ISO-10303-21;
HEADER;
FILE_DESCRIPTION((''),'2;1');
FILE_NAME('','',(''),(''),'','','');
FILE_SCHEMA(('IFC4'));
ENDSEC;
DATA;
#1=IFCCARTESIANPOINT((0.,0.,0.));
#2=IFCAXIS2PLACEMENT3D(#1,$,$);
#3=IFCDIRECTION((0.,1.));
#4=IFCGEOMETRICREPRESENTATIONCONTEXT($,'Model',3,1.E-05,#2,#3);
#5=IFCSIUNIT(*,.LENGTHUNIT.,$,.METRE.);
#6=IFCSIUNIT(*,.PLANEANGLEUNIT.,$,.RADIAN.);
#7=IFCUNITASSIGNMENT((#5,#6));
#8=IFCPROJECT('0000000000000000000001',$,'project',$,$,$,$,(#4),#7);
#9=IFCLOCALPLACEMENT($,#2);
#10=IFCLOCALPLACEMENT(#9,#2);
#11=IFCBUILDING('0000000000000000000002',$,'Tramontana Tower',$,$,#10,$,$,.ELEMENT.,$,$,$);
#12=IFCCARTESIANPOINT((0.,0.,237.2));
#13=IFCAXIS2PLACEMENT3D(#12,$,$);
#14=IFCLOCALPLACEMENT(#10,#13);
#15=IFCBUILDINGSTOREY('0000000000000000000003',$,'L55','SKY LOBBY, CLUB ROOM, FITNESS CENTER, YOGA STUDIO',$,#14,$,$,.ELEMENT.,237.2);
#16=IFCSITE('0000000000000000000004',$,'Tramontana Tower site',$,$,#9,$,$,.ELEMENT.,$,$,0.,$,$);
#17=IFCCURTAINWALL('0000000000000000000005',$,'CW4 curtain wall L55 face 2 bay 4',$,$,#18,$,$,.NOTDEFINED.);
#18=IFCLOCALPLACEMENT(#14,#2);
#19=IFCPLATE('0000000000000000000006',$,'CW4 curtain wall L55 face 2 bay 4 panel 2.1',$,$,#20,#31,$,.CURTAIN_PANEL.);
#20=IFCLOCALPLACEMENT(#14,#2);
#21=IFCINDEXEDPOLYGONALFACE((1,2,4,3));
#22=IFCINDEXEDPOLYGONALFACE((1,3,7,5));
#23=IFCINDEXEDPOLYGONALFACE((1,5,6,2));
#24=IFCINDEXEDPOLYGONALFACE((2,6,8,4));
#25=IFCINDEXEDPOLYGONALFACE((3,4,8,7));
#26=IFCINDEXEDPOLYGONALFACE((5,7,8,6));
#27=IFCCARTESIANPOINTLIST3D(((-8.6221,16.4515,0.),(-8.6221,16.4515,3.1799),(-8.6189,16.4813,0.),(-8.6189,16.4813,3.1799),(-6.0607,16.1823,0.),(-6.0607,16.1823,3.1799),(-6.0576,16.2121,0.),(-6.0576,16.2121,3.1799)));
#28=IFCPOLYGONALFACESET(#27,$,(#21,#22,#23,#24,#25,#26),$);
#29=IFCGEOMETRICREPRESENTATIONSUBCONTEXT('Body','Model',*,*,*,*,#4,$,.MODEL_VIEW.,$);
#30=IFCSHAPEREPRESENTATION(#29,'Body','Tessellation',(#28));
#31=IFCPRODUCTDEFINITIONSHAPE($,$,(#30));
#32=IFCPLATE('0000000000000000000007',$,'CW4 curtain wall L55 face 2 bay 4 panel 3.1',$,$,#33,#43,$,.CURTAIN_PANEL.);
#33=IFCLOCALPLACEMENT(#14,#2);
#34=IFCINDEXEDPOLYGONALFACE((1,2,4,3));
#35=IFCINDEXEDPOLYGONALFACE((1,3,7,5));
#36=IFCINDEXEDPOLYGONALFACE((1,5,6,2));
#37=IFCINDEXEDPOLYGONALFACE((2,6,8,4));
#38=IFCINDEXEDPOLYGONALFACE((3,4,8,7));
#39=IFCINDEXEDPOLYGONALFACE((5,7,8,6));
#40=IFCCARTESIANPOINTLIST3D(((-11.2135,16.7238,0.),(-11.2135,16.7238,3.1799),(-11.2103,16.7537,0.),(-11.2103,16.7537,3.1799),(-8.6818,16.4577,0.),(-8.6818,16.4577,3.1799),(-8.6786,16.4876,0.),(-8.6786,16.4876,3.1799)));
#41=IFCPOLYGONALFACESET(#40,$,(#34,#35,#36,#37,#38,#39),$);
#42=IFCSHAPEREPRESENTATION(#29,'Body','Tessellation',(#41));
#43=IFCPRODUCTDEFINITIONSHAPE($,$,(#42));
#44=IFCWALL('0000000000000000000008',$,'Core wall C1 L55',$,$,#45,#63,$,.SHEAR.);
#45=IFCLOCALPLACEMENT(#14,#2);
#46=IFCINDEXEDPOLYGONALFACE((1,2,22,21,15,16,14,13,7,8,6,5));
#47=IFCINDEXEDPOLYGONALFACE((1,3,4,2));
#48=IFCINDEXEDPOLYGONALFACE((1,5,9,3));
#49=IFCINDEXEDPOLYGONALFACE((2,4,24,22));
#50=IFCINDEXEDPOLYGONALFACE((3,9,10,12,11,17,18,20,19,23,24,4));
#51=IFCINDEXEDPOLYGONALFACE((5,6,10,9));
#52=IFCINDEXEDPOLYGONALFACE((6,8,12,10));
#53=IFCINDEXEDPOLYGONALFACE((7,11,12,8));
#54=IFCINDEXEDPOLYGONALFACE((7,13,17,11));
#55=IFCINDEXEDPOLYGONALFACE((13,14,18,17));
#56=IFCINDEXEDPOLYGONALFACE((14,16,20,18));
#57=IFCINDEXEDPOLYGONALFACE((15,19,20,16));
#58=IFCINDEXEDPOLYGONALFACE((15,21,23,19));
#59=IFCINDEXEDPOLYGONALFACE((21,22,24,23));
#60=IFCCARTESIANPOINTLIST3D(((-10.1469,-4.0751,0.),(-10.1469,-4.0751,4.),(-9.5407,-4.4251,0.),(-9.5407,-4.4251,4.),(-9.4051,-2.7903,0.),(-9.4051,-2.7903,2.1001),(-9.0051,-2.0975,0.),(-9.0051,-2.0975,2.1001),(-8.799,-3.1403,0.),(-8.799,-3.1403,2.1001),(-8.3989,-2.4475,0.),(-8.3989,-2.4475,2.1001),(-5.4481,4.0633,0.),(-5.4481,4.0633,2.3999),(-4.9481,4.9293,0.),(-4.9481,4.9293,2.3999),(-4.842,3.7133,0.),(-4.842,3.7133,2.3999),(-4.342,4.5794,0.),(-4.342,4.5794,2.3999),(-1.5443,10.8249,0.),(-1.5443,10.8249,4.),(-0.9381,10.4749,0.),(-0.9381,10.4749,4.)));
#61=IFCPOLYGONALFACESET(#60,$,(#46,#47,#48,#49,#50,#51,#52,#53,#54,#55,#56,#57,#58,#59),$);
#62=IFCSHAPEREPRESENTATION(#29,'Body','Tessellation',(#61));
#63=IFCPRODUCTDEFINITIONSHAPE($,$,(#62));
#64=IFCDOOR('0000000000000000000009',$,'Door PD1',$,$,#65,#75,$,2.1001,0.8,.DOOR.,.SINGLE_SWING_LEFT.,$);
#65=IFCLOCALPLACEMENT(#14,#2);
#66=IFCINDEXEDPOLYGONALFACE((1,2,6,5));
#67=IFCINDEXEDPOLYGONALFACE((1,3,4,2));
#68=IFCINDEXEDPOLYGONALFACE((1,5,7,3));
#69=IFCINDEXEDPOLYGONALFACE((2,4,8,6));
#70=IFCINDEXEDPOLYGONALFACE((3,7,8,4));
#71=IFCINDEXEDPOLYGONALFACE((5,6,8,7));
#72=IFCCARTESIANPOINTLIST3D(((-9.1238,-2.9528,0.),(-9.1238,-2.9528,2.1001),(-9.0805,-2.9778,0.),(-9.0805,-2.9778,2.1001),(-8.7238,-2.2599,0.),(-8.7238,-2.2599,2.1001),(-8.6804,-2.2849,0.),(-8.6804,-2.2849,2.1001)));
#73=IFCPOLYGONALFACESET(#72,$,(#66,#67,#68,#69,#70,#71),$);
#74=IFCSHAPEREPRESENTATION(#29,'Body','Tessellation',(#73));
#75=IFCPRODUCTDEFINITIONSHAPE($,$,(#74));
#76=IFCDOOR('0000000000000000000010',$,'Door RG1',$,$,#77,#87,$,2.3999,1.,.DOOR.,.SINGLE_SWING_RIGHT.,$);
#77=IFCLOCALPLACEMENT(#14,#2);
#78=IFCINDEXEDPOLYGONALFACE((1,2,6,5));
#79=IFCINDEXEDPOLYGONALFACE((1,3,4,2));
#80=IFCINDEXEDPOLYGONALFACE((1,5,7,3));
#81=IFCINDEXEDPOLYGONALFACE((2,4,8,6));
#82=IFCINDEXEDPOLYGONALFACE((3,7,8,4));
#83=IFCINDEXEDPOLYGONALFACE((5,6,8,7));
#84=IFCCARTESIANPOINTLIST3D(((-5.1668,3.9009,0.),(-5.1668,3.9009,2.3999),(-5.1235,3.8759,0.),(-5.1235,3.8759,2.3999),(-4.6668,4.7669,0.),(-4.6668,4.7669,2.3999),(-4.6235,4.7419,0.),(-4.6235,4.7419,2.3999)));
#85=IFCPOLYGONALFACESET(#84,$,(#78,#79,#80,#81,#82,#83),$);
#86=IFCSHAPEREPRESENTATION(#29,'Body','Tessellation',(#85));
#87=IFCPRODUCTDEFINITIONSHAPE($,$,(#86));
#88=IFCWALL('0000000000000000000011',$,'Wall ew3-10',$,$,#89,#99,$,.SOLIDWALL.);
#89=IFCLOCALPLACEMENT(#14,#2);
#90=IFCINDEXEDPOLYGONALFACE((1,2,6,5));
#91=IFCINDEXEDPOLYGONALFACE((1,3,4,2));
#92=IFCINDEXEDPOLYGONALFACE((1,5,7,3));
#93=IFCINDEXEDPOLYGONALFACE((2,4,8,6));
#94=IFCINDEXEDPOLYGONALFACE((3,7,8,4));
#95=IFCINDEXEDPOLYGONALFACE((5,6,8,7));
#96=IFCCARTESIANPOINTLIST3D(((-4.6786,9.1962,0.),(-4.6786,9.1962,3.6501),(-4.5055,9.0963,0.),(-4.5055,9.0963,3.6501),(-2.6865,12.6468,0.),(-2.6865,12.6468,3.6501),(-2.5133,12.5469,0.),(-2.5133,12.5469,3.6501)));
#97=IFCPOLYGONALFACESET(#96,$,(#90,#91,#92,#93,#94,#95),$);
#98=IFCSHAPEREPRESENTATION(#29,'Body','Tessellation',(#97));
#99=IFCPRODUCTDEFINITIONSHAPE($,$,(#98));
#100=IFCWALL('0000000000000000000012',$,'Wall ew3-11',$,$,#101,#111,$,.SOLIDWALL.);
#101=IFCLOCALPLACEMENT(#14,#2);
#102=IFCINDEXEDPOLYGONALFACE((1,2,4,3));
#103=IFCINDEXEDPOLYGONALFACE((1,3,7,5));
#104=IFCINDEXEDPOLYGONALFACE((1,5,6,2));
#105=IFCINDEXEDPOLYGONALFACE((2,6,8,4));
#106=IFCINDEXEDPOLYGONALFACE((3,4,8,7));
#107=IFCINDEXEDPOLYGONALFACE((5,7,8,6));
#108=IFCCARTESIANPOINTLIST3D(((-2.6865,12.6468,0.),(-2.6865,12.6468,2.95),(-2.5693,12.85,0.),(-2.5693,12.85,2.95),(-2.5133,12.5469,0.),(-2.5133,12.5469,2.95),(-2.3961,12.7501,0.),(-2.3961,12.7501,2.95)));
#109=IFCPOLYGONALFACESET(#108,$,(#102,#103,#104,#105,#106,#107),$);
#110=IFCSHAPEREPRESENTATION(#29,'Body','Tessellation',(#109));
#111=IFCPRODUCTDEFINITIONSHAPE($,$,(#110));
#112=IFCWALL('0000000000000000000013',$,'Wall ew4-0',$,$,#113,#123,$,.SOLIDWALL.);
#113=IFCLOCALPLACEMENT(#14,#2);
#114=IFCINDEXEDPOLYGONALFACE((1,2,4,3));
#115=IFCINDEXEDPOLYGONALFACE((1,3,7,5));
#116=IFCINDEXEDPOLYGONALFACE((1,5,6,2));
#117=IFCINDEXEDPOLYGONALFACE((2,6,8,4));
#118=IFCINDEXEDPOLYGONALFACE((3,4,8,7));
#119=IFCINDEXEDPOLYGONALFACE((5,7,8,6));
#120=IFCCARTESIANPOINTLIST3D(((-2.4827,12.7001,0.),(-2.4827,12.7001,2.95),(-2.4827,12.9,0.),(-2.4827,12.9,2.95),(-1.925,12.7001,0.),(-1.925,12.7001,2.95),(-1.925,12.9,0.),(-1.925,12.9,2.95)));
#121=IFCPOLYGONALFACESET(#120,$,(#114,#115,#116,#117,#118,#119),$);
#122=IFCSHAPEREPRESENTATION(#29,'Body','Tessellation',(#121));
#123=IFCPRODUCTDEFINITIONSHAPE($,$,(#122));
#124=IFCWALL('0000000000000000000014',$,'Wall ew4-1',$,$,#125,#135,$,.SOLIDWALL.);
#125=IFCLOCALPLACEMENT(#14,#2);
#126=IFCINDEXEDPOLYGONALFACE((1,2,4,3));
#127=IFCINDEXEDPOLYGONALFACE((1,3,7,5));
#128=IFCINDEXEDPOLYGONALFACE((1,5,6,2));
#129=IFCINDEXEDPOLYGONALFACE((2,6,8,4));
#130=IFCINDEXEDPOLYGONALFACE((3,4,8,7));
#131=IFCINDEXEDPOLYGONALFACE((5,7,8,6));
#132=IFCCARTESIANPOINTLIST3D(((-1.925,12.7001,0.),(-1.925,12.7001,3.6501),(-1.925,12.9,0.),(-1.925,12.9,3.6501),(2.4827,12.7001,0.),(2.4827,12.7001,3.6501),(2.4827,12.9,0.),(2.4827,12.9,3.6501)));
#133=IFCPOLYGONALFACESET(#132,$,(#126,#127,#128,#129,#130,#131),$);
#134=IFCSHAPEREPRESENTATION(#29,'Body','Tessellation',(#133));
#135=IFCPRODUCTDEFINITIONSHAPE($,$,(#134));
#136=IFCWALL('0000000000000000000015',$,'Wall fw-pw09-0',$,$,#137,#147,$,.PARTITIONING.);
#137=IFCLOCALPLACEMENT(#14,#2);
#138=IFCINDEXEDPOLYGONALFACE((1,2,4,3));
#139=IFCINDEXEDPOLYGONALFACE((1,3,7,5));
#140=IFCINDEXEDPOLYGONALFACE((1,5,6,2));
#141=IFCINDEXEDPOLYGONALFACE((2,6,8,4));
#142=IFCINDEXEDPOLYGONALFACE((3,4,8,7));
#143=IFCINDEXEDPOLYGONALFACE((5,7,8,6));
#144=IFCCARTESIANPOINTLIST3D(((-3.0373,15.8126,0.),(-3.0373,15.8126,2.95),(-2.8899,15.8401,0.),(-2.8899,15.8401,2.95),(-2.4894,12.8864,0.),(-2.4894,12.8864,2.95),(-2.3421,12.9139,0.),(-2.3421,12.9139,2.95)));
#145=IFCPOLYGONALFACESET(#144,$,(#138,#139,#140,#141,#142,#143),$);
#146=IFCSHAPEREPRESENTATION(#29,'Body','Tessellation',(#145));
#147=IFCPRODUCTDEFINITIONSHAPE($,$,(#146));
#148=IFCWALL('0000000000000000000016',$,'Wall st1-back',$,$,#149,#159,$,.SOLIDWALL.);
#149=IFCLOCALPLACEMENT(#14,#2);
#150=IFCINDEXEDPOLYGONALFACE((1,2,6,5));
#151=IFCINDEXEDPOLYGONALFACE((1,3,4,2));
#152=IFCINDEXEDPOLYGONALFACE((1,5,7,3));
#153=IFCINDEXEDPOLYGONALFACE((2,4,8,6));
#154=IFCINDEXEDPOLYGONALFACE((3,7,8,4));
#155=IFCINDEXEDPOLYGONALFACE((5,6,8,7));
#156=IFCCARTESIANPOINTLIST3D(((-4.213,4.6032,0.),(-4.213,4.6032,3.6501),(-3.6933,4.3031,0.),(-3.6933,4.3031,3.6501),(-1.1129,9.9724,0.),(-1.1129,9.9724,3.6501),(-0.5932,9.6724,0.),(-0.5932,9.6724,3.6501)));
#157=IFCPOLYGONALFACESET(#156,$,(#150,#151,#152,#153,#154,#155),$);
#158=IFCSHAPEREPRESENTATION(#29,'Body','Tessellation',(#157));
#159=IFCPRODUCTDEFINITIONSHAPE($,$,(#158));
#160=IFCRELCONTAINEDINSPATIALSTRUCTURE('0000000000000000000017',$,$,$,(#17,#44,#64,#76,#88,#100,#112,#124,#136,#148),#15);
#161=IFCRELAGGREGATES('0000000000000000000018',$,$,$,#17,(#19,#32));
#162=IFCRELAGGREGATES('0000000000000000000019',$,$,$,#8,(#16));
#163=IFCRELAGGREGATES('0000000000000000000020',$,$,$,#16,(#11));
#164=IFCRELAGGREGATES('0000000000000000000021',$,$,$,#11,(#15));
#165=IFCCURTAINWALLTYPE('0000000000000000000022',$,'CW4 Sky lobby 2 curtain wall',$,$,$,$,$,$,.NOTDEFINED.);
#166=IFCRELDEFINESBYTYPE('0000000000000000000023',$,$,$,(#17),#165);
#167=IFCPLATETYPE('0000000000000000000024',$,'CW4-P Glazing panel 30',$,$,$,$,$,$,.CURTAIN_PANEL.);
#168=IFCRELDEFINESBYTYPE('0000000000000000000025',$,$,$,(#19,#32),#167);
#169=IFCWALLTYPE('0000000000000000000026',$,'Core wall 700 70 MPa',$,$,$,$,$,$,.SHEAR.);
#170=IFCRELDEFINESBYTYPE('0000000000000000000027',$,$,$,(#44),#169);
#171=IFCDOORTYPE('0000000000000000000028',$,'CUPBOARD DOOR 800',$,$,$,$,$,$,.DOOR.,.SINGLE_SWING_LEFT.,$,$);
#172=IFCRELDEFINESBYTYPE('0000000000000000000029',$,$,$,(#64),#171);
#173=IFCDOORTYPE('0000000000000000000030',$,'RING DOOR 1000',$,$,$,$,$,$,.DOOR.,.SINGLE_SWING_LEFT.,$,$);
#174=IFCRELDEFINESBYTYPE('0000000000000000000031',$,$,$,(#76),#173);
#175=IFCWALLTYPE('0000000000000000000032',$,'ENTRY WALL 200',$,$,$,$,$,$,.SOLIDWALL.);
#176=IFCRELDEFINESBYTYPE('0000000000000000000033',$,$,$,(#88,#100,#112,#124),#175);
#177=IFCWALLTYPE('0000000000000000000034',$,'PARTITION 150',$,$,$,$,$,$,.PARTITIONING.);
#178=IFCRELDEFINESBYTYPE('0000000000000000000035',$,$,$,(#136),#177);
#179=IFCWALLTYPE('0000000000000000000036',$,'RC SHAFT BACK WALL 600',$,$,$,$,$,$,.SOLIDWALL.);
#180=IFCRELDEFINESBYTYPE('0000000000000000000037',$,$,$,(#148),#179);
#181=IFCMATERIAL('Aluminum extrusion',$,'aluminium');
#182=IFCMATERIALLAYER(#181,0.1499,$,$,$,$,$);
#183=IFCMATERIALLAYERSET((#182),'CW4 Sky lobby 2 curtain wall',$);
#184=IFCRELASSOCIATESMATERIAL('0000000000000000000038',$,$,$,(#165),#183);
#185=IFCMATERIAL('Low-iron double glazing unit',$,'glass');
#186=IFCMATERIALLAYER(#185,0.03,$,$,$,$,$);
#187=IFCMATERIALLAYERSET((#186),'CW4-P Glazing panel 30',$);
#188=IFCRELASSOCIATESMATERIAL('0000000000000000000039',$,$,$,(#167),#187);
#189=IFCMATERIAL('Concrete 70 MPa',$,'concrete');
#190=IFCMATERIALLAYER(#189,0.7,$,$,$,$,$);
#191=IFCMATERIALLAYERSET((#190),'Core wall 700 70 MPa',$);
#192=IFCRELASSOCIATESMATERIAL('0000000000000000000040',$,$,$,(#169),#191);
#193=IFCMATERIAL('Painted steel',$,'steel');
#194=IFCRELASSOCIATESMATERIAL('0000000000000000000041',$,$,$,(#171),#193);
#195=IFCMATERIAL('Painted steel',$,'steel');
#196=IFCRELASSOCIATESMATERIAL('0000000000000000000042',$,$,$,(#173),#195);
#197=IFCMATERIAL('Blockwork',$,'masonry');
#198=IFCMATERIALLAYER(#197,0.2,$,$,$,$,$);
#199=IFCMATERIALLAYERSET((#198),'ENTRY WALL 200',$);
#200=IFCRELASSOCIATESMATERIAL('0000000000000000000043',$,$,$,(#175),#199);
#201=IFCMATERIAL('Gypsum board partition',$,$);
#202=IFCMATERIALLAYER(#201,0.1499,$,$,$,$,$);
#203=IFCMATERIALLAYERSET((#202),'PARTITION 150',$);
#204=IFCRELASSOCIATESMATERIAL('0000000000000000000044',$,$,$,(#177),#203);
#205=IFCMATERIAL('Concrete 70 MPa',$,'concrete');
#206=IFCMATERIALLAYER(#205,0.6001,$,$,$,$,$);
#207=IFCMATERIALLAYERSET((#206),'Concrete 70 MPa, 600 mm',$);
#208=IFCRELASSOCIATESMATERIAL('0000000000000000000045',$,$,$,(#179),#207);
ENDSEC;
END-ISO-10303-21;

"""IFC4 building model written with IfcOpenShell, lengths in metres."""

from ifc_helpers import new_model, si_unit, direction, frame, frame_2d, origin, origin_2d, place, context, subcontext, project, spatial, rectangle, extrude, material, layer, layer_set, type_object, element, fill, aggregate, save


model = new_model("IFC4")

# Units and contexts
model_context = context("Model", 3, precision=1e-05, world=origin(), true_north=direction((0.0, 1.0)))
body_context = subcontext(model_context, "Body", "Model", "MODEL_VIEW")
ifc_project = project(units=[si_unit("LENGTHUNIT", "METRE"), si_unit("PLANEANGLEUNIT", "RADIAN")], contexts=[model_context])

# Site, building, storey
site_placement = place(None, origin())
site = spatial("IfcSite", under=ifc_project, at=site_placement, Name="Tramontana Tower site", CompositionType="ELEMENT", RefElevation=0.0)
building_placement = place(site_placement, origin())
building = spatial("IfcBuilding", under=site, at=building_placement, Name="Tramontana Tower", CompositionType="ELEMENT")
storey_placement = place(building_placement, frame((0.0, 0.0, 237.2)))
storey = spatial("IfcBuildingStorey", under=building, at=storey_placement, Name="L55", Description="SKY LOBBY, CLUB ROOM, FITNESS CENTER, YOGA STUDIO", CompositionType="ELEMENT", Elevation=237.2)

# Shared definitions
ifc_material_1 = material(Name="Aluminum extrusion", Category="aluminium")
ifc_layer_1 = layer(ifc_material_1, 0.1499)
ifc_layer_set_1 = layer_set([ifc_layer_1], Name="CW4 Sky lobby 2 curtain wall")
curtain_wall_type = type_object("IfcCurtainWallType", Name="CW4 Sky lobby 2 curtain wall", PredefinedType="NOTDEFINED", material=ifc_layer_set_1)

# Curtain wall
curtain_wall_1_placement = place(storey_placement, origin())
curtain_wall_1 = element("IfcCurtainWall", 1, at=curtain_wall_1_placement, inside=storey, type_object=curtain_wall_type, Name="CW4 curtain wall L55 face 2 bay 4", PredefinedType="NOTDEFINED")

# Plates
ifc_material_2 = material(Name="Low-iron double glazing unit", Category="glass")
ifc_layer_2 = layer(ifc_material_2, 0.03)
ifc_layer_set_2 = layer_set([ifc_layer_2], Name="CW4-P Glazing panel 30")
plate_type = type_object("IfcPlateType", Name="CW4-P Glazing panel 30", PredefinedType="CURTAIN_PANEL", material=ifc_layer_set_2)
plate_1_placement = place(storey_placement, frame((-7.3398, 16.3318, 0.0), z_axis=(0.0, 0.0, 1.0), x_axis=(-0.994522, 0.104528, 0.0)))
plate_1 = element("IfcPlate", 2, at=plate_1_placement, type_object=plate_type, Name="CW4 curtain wall L55 face 2 bay 4 panel 2.1", PredefinedType="CURTAIN_PANEL", context=body_context, shape_type="SweptSolid", body=[
    extrude(rectangle(XDim=2.5754, YDim=0.03, at=origin_2d()), origin(), (0.0, 0.0, 1.0), 3.1799),
])
plate_2_placement = place(storey_placement, frame((-9.946, 16.6057, 0.0), z_axis=(0.0, 0.0, 1.0), x_axis=(-0.994522, 0.104528, 0.0)))
plate_2 = element("IfcPlate", 3, at=plate_2_placement, type_object=plate_type, Name="CW4 curtain wall L55 face 2 bay 4 panel 3.1", PredefinedType="CURTAIN_PANEL", context=body_context, shape_type="SweptSolid", body=[
    extrude(rectangle(XDim=2.5457, YDim=0.03, at=origin_2d()), origin(), (0.0, 0.0, 1.0), 3.1799),
])
aggregate(curtain_wall_1, [plate_1, plate_2])

# Wall, openings, doors
ifc_material_3 = material(Name="Concrete 70 MPa", Category="concrete")
ifc_layer_3 = layer(ifc_material_3, 0.7)
ifc_layer_set_3 = layer_set([ifc_layer_3], Name="Core wall 700 70 MPa")
wall_type_1 = type_object("IfcWallType", Name="Core wall 700 70 MPa", PredefinedType="SHEAR", material=ifc_layer_set_3)
wall_1_placement = place(storey_placement, frame((-1.2412, 10.6499, 0.0), z_axis=(0.0, 0.0, 1.0), x_axis=(-0.500003, -0.866023, 0.0)))
wall_1 = element("IfcWall", 4, at=wall_1_placement, inside=storey, type_object=wall_type_1, Name="Core wall C1 L55", PredefinedType="SHEAR", context=body_context, shape_type="SweptSolid", body=[
    extrude(rectangle(XDim=17.2051, YDim=0.7, at=frame_2d((8.6025, 0.0))), origin(), (0.0, 0.0, 1.0), 4.0),
])
opening_1_placement = place(wall_1_placement, frame((6.8076, 0.0, 0.0)))
opening_1 = element("IfcOpeningElement", 5, at=opening_1_placement, cuts=wall_1, PredefinedType="OPENING", context=body_context, shape_type="SweptSolid", body=[
    extrude(rectangle(XDim=1.0, YDim=2.3999, at=frame_2d((0.5, 1.2))), frame((0.0, 0.3599, 0.0), z_axis=(0.0, -1.0, 0.0), x_axis=(1.0, 0.0, 0.0)), (0.0, 0.0, 1.0), 0.72),
])
opening_2_placement = place(wall_1_placement, frame((14.9216, 0.0, 0.0)))
opening_2 = element("IfcOpeningElement", 6, at=opening_2_placement, cuts=wall_1, PredefinedType="OPENING", context=body_context, shape_type="SweptSolid", body=[
    extrude(rectangle(XDim=0.8, YDim=2.1001, at=frame_2d((0.3999, 1.05))), frame((0.0, 0.3599, 0.0), z_axis=(0.0, -1.0, 0.0), x_axis=(1.0, 0.0, 0.0)), (0.0, 0.0, 1.0), 0.72),
])
ifc_material_4 = material(Name="Painted steel", Category="steel")
door_type_1 = type_object("IfcDoorType", Name="CUPBOARD DOOR 800", OperationType="SINGLE_SWING_LEFT", PredefinedType="DOOR", material=ifc_material_4)
door_1_placement = place(opening_2_placement, origin())
door_1 = element("IfcDoor", 7, at=door_1_placement, inside=storey, type_object=door_type_1, Name="Door PD1", OperationType="SINGLE_SWING_LEFT", OverallHeight=2.1001, OverallWidth=0.8, PredefinedType="DOOR", context=body_context, shape_type="SweptSolid", body=[
    extrude(rectangle(XDim=0.8, YDim=2.1001, at=frame_2d((0.3999, 1.05))), frame((0.0, 0.0249, 0.0), z_axis=(0.0, -1.0, 0.0), x_axis=(1.0, 0.0, 0.0)), (0.0, 0.0, 1.0), 0.05),
])
fill(opening_2, door_1)
ifc_material_5 = material(Name="Painted steel", Category="steel")
door_type_2 = type_object("IfcDoorType", Name="RING DOOR 1000", OperationType="SINGLE_SWING_LEFT", PredefinedType="DOOR", material=ifc_material_5)
door_2_placement = place(opening_1_placement, origin())
door_2 = element("IfcDoor", 8, at=door_2_placement, inside=storey, type_object=door_type_2, Name="Door RG1", OperationType="SINGLE_SWING_RIGHT", OverallHeight=2.3999, OverallWidth=1.0, PredefinedType="DOOR", context=body_context, shape_type="SweptSolid", body=[
    extrude(rectangle(XDim=1.0, YDim=2.3999, at=frame_2d((0.5, 1.2))), frame((0.0, 0.0249, 0.0), z_axis=(0.0, -1.0, 0.0), x_axis=(1.0, 0.0, 0.0)), (0.0, 0.0, 1.0), 0.05),
])
fill(opening_1, door_2)

# Walls
ifc_material_6 = material(Name="Blockwork", Category="masonry")
ifc_layer_4 = layer(ifc_material_6, 0.2)
ifc_layer_set_4 = layer_set([ifc_layer_4], Name="ENTRY WALL 200")
wall_type_2 = type_object("IfcWallType", Name="ENTRY WALL 200", PredefinedType="SOLIDWALL", material=ifc_layer_set_4)
wall_2_placement = place(storey_placement, frame((-4.592, 9.1462, 0.0), z_axis=(0.0, 0.0, 1.0), x_axis=(0.499988, 0.866033, 0.0)))
element("IfcWall", 9, at=wall_2_placement, inside=storey, type_object=wall_type_2, Name="Wall ew3-10", PredefinedType="SOLIDWALL", context=body_context, shape_type="SweptSolid", body=[
    extrude(rectangle(XDim=3.9844, YDim=0.2, at=frame_2d((1.9922, 0.0))), origin(), (0.0, 0.0, 1.0), 3.6501),
])
wall_3_placement = place(storey_placement, frame((-2.5999, 12.5969, 0.0), z_axis=(0.0, 0.0, 1.0), x_axis=(0.499722, 0.866186, 0.0)))
element("IfcWall", 10, at=wall_3_placement, inside=storey, type_object=wall_type_2, Name="Wall ew3-11", PredefinedType="SOLIDWALL", context=body_context, shape_type="SweptSolid", body=[
    extrude(rectangle(XDim=0.2346, YDim=0.2, at=frame_2d((0.1172, 0.0))), origin(), (0.0, 0.0, 1.0), 2.95),
])
wall_4_placement = place(storey_placement, frame((-2.4827, 12.8, 0.0), z_axis=(0.0, 0.0, 1.0), x_axis=(1.0, 0.0, 0.0)))
element("IfcWall", 11, at=wall_4_placement, inside=storey, type_object=wall_type_2, Name="Wall ew4-0", PredefinedType="SOLIDWALL", context=body_context, shape_type="SweptSolid", body=[
    extrude(rectangle(XDim=0.5576, YDim=0.2, at=frame_2d((0.2788, 0.0))), origin(), (0.0, 0.0, 1.0), 2.95),
])
wall_5_placement = place(storey_placement, frame((-1.925, 12.8, 0.0), z_axis=(0.0, 0.0, 1.0), x_axis=(1.0, 0.0, 0.0)))
element("IfcWall", 12, at=wall_5_placement, inside=storey, type_object=wall_type_2, Name="Wall ew4-1", PredefinedType="SOLIDWALL", context=body_context, shape_type="SweptSolid", body=[
    extrude(rectangle(XDim=4.4077, YDim=0.2, at=frame_2d((2.2039, 0.0))), origin(), (0.0, 0.0, 1.0), 3.6501),
])
ifc_material_7 = material(Name="Gypsum board partition")
ifc_layer_5 = layer(ifc_material_7, 0.1499)
ifc_layer_set_5 = layer_set([ifc_layer_5], Name="PARTITION 150")
wall_type_3 = type_object("IfcWallType", Name="PARTITION 150", PredefinedType="PARTITIONING", material=ifc_layer_set_5)
wall_6_placement = place(storey_placement, frame((-2.4158, 12.9001, 0.0), z_axis=(0.0, 0.0, 1.0), x_axis=(-0.184021, 0.982922, 0.0)))
element("IfcWall", 13, at=wall_6_placement, inside=storey, type_object=wall_type_3, Name="Wall fw-pw09-0", PredefinedType="PARTITIONING", context=body_context, shape_type="SweptSolid", body=[
    extrude(rectangle(XDim=2.9771, YDim=0.1499, at=frame_2d((1.4885, 0.0))), origin(), (0.0, 0.0, 1.0), 2.95),
])
ifc_material_8 = material(Name="Concrete 70 MPa", Category="concrete")
ifc_layer_6 = layer(ifc_material_8, 0.6001)
ifc_layer_set_6 = layer_set([ifc_layer_6], Name="Concrete 70 MPa, 600 mm")
wall_type_4 = type_object("IfcWallType", Name="RC SHAFT BACK WALL 600", PredefinedType="SOLIDWALL", material=ifc_layer_set_6)
wall_7_placement = place(storey_placement, frame((-0.853, 9.8225, 0.0), z_axis=(0.0, 0.0, 1.0), x_axis=(-0.50001, -0.86602, 0.0)))
element("IfcWall", 14, at=wall_7_placement, inside=storey, type_object=wall_type_4, Name="Wall st1-back", PredefinedType="SOLIDWALL", context=body_context, shape_type="SweptSolid", body=[
    extrude(rectangle(XDim=6.2, YDim=0.6001, at=frame_2d((3.1001, 0.0))), origin(), (0.0, 0.0, 1.0), 3.6501),
])

save(model, "model.ifc")
